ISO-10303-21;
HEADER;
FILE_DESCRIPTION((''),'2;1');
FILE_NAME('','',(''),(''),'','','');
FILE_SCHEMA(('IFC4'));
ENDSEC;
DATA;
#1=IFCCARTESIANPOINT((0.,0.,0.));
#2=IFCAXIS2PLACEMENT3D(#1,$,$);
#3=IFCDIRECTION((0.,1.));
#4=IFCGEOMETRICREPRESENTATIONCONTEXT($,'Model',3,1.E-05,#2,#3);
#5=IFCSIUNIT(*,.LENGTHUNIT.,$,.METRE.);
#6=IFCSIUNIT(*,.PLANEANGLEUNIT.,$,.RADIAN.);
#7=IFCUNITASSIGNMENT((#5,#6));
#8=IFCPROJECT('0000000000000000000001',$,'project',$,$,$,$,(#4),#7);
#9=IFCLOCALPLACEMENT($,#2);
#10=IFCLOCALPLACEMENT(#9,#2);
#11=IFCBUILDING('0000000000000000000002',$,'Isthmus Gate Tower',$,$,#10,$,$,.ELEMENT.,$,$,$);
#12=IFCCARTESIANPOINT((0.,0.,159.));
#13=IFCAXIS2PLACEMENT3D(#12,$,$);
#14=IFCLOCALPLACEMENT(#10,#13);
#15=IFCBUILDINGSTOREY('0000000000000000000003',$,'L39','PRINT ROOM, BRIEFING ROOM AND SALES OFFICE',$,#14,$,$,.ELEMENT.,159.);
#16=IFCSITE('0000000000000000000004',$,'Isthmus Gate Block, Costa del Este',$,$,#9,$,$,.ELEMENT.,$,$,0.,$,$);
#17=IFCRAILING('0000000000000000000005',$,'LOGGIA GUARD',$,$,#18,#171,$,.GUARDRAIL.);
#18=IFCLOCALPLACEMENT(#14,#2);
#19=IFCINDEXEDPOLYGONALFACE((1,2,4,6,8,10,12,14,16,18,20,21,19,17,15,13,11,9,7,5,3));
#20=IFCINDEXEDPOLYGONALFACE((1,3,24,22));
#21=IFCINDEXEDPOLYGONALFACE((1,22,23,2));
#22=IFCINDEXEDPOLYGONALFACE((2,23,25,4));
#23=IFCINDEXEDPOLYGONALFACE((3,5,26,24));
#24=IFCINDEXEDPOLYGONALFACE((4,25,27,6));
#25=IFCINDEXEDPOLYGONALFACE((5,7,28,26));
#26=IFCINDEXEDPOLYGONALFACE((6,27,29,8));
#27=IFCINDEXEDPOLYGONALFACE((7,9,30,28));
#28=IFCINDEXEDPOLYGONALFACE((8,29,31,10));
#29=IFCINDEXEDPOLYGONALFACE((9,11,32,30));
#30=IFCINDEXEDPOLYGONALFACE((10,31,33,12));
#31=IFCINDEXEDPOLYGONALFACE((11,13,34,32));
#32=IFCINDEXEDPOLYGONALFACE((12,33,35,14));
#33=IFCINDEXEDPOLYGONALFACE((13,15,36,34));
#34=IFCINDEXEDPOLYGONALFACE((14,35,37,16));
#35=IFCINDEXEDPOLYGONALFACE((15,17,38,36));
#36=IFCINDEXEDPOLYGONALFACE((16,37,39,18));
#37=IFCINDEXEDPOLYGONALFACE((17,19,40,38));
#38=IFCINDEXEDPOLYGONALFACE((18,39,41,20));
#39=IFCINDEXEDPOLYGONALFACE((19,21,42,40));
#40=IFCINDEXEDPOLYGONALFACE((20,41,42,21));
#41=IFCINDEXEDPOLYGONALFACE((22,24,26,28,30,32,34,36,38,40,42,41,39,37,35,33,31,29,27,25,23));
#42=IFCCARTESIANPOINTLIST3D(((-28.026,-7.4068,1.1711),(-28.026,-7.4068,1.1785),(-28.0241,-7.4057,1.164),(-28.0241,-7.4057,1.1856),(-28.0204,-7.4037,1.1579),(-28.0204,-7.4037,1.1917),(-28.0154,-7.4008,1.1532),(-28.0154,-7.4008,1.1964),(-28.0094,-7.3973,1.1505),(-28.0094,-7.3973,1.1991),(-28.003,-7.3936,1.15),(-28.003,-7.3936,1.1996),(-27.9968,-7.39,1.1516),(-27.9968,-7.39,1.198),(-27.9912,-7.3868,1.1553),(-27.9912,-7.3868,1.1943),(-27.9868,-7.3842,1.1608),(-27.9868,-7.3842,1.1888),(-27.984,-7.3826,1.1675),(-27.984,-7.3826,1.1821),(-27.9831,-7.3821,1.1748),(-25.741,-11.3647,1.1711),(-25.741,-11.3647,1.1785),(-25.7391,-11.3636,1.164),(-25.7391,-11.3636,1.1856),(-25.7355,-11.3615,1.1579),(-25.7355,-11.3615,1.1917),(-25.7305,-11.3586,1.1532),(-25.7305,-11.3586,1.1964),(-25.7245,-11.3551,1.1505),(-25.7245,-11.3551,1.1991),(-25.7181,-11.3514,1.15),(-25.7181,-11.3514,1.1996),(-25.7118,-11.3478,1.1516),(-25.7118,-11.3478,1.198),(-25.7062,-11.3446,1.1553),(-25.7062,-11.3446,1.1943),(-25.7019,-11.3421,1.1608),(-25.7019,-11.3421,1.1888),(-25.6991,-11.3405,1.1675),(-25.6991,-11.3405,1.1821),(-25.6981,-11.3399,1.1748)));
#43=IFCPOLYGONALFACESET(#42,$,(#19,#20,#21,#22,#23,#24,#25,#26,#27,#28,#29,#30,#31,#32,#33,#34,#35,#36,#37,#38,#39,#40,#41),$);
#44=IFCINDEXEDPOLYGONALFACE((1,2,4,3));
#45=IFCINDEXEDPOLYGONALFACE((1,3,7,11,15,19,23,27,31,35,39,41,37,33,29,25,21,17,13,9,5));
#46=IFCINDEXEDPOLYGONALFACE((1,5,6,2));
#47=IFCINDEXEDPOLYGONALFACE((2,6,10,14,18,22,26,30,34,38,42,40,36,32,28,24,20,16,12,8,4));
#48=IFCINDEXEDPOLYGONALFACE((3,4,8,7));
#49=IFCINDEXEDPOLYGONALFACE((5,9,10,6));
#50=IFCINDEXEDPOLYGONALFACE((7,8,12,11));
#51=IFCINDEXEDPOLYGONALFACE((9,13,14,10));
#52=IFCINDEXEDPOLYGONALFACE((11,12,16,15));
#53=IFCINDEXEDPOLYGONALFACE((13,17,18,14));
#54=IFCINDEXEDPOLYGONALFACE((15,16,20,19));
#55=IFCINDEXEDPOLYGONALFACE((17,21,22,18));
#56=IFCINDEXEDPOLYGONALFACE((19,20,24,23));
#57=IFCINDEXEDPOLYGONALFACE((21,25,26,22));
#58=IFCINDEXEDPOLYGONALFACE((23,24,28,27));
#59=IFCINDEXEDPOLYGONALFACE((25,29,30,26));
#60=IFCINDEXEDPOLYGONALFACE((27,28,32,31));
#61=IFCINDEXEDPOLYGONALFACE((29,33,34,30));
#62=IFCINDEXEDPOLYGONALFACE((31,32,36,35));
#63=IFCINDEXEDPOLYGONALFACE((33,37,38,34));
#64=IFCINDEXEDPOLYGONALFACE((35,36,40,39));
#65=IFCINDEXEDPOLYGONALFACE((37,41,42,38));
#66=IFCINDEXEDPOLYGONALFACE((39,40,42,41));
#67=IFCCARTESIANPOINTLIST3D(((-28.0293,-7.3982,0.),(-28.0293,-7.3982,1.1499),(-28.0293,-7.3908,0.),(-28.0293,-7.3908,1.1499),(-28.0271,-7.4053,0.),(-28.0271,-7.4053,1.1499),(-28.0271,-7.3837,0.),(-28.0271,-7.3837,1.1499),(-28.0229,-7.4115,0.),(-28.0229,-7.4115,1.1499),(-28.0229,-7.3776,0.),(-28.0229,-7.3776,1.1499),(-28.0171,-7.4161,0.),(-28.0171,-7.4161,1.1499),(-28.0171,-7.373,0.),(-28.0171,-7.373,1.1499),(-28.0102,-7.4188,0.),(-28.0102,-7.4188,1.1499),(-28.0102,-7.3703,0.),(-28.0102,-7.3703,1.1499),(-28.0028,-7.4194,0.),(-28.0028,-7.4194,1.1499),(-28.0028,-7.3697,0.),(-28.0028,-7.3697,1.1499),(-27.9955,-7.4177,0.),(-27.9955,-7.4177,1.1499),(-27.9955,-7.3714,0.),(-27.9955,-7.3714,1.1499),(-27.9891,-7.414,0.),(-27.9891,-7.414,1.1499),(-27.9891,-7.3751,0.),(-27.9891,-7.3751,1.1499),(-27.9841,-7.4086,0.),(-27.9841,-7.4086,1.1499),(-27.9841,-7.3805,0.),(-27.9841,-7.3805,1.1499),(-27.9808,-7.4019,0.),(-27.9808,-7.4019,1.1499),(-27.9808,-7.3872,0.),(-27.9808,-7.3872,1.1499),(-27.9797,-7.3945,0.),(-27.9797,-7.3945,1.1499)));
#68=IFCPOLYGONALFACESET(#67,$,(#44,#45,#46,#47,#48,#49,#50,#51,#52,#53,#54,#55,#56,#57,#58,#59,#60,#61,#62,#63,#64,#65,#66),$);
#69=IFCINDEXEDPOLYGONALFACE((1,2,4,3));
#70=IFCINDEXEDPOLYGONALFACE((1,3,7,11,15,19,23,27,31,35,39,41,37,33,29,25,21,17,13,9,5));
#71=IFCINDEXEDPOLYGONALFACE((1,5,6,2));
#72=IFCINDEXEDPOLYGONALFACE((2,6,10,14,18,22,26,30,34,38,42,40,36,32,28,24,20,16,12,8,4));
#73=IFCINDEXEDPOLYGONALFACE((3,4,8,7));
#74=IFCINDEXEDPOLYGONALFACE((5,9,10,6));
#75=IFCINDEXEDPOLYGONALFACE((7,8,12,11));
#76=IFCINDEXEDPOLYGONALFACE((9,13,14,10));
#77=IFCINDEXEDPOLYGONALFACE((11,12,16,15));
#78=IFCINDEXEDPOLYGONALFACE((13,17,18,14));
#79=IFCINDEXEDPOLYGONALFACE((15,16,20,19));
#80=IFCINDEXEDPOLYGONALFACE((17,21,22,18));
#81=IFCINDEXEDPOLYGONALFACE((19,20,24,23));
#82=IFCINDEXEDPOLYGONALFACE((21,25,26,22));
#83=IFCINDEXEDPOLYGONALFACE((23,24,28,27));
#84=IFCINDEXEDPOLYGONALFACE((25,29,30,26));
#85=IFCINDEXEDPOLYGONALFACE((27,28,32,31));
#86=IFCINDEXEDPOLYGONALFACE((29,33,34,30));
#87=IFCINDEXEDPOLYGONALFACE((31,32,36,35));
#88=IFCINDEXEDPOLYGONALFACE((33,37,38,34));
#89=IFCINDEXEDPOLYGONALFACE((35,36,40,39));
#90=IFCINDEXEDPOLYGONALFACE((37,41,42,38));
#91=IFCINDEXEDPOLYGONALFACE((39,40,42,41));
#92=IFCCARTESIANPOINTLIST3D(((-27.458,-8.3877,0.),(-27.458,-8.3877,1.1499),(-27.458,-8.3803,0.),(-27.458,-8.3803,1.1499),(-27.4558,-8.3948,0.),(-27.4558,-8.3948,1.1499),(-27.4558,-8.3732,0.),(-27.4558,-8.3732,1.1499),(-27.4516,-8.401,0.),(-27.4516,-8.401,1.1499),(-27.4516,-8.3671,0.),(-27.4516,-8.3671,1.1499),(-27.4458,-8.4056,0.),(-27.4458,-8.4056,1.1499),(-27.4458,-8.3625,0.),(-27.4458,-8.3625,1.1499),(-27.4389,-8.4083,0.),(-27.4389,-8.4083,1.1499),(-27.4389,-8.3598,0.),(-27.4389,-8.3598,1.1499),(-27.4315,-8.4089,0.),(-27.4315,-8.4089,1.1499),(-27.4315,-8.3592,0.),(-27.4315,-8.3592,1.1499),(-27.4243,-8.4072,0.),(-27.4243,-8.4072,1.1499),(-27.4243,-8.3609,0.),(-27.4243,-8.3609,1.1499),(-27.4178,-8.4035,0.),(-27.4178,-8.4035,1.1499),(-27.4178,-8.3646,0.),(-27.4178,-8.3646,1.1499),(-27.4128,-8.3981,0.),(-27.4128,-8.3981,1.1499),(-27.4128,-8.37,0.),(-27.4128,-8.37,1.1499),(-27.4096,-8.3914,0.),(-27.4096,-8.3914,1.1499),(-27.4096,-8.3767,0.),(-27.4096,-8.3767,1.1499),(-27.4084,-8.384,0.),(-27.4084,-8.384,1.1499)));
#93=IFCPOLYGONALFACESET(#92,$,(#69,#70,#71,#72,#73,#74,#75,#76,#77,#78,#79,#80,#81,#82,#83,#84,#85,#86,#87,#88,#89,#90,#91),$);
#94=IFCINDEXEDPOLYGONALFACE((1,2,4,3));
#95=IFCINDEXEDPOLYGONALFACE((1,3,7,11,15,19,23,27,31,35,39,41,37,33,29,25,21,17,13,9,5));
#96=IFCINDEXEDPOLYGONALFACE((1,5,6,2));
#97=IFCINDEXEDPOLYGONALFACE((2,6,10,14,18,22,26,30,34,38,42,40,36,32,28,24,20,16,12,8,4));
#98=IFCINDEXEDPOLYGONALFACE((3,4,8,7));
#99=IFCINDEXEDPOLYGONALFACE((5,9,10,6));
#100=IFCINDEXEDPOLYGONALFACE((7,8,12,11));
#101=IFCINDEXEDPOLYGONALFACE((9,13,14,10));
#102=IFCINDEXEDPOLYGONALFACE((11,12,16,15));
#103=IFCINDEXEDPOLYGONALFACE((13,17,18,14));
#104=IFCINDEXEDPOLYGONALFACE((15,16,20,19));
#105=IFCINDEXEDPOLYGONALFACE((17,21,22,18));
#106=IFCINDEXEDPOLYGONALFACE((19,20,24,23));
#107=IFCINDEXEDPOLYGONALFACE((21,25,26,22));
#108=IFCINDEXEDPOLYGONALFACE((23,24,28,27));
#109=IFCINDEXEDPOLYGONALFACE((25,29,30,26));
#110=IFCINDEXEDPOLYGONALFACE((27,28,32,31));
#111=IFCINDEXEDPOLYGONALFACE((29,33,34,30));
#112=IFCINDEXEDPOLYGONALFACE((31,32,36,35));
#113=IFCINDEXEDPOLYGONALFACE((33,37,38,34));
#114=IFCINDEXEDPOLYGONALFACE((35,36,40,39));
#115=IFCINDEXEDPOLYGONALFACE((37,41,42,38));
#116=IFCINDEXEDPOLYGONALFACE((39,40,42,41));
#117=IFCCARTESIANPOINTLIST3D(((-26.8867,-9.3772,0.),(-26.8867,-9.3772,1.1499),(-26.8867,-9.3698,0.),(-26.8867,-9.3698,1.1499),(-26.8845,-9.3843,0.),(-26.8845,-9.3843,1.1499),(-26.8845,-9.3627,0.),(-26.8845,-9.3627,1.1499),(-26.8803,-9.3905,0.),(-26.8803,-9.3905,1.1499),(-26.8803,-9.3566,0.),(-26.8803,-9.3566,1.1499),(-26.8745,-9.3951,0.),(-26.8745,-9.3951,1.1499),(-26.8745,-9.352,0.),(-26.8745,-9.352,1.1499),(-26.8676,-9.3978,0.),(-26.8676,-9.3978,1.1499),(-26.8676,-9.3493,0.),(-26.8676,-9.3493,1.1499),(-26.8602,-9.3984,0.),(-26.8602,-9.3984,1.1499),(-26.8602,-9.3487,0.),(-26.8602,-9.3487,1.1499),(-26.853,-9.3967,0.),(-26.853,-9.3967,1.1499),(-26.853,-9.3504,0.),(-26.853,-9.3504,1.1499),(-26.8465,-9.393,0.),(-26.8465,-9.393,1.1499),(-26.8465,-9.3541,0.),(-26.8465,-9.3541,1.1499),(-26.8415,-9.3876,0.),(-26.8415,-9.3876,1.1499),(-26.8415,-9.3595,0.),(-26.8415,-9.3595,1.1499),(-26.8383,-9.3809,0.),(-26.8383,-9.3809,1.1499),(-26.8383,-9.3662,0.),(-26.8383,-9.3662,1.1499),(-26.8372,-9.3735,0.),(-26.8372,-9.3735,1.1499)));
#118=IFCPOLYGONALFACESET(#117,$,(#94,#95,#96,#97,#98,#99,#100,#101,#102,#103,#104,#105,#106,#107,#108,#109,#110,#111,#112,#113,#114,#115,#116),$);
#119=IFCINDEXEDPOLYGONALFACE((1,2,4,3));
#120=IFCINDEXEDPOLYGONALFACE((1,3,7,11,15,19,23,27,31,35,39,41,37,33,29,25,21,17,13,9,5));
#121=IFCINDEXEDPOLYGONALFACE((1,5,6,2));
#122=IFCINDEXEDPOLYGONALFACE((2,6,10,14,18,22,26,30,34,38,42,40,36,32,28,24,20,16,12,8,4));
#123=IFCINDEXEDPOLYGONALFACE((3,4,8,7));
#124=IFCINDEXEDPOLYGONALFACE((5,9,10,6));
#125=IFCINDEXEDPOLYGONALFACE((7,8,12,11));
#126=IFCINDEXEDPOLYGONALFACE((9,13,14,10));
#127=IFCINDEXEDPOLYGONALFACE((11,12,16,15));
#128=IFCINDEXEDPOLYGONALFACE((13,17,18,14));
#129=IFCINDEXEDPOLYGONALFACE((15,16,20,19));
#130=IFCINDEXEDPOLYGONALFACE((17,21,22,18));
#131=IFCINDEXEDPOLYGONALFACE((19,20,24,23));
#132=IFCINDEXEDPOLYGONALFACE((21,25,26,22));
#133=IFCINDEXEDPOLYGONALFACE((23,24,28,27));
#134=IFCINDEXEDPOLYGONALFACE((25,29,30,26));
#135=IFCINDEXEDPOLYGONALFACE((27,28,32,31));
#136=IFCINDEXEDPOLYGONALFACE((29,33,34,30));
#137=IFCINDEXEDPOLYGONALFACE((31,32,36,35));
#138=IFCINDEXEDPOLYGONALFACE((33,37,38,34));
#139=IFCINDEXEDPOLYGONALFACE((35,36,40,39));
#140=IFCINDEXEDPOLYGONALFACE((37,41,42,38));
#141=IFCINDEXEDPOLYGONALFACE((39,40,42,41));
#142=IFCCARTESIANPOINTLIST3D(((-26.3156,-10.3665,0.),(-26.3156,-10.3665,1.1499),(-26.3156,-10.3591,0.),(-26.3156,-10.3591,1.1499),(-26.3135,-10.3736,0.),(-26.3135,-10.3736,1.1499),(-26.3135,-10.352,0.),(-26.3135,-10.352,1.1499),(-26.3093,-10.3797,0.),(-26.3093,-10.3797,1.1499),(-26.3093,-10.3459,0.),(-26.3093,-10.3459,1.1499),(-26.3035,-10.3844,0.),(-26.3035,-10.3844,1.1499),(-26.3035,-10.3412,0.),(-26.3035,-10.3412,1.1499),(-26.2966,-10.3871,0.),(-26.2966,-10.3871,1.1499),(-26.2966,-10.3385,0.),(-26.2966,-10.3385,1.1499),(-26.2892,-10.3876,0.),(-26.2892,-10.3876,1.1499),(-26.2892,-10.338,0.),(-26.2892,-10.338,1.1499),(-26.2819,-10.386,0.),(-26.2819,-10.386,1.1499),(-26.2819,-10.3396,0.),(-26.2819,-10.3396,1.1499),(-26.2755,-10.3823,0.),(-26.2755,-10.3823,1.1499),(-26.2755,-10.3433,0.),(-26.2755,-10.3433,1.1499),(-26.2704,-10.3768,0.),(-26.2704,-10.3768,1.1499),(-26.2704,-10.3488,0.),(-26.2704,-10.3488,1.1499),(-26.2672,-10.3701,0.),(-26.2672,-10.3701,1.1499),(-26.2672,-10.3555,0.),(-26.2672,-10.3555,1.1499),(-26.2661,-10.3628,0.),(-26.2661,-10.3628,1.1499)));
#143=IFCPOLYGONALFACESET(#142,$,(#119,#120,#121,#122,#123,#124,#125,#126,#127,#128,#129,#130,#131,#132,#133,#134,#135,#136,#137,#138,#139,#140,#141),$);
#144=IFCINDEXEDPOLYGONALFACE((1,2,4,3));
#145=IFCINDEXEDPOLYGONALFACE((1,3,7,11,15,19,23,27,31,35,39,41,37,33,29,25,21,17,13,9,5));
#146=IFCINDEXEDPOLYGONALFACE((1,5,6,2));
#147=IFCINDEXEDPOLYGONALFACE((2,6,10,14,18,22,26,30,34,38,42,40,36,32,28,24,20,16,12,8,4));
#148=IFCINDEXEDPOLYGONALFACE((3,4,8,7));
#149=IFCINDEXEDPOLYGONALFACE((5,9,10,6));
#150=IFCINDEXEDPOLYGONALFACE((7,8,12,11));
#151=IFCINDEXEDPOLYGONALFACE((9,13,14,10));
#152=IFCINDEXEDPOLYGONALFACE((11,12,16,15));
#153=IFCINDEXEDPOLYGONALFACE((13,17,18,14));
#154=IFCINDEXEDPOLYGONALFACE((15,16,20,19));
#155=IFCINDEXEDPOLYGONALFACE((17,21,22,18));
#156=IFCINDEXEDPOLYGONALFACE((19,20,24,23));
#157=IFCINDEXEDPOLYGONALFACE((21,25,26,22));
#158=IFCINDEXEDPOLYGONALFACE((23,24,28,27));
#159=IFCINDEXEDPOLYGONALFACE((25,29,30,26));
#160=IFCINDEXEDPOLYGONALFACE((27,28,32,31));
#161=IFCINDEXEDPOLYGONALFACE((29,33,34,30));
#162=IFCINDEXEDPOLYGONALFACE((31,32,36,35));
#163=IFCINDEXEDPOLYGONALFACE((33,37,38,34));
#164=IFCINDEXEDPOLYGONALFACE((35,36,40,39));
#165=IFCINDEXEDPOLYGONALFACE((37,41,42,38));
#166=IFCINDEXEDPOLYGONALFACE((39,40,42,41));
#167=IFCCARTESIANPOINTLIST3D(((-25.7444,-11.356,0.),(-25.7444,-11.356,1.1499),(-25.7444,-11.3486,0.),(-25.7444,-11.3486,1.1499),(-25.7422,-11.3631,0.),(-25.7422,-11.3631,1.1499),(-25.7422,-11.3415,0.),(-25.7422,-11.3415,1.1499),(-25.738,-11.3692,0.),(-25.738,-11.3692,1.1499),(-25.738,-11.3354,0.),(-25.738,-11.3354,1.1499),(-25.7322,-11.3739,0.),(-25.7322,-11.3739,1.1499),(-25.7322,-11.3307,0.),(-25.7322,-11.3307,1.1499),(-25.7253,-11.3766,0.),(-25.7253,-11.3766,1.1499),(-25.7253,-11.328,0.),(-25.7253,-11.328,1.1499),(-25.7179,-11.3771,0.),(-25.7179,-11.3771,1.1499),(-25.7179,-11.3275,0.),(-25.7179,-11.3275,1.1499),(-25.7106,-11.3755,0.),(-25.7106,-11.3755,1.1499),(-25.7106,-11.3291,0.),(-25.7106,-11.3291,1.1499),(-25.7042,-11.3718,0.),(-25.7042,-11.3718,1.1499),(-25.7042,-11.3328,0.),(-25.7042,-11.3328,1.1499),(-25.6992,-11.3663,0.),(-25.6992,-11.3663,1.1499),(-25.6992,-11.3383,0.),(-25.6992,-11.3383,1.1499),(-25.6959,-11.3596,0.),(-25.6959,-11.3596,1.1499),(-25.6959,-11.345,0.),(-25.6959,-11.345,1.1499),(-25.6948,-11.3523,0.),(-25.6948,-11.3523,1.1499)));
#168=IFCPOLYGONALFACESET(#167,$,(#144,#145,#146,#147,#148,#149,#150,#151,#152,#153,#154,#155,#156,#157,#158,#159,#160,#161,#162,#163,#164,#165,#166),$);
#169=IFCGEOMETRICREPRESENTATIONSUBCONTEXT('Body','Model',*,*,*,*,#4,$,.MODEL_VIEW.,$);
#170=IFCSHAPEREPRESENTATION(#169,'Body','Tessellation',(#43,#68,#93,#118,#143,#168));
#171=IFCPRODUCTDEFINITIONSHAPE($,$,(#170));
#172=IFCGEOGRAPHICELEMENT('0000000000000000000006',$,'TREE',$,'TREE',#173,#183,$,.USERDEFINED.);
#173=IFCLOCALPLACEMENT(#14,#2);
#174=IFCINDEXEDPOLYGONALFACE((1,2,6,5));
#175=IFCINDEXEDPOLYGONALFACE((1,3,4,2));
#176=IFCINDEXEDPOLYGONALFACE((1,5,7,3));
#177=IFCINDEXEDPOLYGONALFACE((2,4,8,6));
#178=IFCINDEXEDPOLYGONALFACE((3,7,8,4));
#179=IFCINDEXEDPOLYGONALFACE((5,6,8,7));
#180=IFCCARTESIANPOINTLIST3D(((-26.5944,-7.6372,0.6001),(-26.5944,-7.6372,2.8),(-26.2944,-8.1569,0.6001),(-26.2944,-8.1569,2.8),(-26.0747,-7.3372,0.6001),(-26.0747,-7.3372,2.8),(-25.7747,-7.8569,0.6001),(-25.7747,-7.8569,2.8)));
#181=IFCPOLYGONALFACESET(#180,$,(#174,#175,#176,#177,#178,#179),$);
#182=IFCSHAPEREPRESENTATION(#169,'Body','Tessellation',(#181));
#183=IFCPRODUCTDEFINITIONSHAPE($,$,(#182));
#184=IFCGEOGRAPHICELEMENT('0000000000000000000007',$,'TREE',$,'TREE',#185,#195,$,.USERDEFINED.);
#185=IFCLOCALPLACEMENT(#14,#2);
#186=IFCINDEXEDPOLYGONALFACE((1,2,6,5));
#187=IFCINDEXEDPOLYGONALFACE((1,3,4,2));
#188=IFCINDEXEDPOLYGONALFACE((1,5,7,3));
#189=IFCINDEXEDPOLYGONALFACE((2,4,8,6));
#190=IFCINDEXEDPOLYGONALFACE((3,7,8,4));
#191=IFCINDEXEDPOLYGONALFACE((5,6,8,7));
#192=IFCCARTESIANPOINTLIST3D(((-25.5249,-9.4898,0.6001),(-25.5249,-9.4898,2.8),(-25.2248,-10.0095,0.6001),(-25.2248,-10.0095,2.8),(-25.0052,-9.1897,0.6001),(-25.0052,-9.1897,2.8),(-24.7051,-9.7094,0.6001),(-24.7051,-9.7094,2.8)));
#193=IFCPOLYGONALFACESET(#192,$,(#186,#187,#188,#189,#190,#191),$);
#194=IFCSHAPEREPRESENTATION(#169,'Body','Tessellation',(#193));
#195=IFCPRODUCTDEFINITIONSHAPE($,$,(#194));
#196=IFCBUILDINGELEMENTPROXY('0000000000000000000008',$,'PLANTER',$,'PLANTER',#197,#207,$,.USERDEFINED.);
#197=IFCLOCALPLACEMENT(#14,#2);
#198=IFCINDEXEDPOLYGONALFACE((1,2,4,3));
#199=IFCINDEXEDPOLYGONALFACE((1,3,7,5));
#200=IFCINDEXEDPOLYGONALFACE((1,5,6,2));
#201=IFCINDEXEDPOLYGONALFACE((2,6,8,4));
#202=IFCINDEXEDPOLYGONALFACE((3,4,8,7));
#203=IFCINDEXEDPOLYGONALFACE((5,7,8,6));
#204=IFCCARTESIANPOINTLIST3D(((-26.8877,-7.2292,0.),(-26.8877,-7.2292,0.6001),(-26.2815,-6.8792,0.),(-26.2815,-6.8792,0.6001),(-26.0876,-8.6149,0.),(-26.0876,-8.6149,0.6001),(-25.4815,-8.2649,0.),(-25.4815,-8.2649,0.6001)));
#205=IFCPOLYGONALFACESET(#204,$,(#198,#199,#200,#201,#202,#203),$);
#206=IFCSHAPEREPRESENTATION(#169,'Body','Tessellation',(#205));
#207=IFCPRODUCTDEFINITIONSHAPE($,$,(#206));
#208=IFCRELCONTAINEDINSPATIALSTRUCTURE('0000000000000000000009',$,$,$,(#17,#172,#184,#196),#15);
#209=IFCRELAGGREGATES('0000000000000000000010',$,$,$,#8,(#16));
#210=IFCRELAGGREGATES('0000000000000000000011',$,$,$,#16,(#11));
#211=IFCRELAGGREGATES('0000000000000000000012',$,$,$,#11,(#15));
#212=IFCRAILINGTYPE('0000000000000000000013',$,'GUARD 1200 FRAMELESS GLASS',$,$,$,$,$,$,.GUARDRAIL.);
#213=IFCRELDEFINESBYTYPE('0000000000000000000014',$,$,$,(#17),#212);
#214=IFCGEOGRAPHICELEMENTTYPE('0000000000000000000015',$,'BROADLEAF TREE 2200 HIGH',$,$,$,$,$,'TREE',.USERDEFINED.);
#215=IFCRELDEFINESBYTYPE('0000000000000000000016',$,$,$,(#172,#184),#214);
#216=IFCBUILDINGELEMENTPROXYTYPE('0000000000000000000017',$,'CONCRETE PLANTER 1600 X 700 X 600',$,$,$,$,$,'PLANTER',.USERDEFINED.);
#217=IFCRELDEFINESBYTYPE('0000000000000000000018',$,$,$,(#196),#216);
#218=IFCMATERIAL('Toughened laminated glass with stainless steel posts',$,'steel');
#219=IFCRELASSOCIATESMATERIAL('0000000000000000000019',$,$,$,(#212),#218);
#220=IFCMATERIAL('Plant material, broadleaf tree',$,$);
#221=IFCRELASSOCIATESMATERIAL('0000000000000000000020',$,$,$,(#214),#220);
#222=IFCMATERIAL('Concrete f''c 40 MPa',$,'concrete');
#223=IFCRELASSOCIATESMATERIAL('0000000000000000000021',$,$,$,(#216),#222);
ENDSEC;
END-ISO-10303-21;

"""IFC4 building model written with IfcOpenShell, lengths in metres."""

from ifc_helpers import new_model, si_unit, direction, frame, origin, origin_2d, place, context, subcontext, project, spatial, rectangle, circle, extrude, material, type_object, element, save


model = new_model("IFC4")

# Units and contexts
model_context = context("Model", 3, precision=1e-05, world=origin(), true_north=direction((0.0, 1.0)))
body_context = subcontext(model_context, "Body", "Model", "MODEL_VIEW")
ifc_project = project(units=[si_unit("LENGTHUNIT", "METRE"), si_unit("PLANEANGLEUNIT", "RADIAN")], contexts=[model_context])

# Site, building, storey
site_placement = place(None, origin())
site = spatial("IfcSite", under=ifc_project, at=site_placement, Name="Isthmus Gate Block, Costa del Este", CompositionType="ELEMENT", RefElevation=0.0)
building_placement = place(site_placement, origin())
building = spatial("IfcBuilding", under=site, at=building_placement, Name="Isthmus Gate Tower", CompositionType="ELEMENT")
storey_placement = place(building_placement, frame((0.0, 0.0, 159.0)))
storey = spatial("IfcBuildingStorey", under=building, at=storey_placement, Name="L39", Description="PRINT ROOM, BRIEFING ROOM AND SALES OFFICE", CompositionType="ELEMENT", Elevation=159.0)

# Railing
ifc_material_1 = material(Name="Toughened laminated glass with stainless steel posts", Category="steel")
railing_type = type_object("IfcRailingType", Name="GUARD 1200 FRAMELESS GLASS", PredefinedType="GUARDRAIL", material=ifc_material_1)
railing_placement = place(storey_placement, frame((-28.0046, -7.3945, 0.0)))
element("IfcRailing", 1, at=railing_placement, inside=storey, type_object=railing_type, Name="LOGGIA GUARD", PredefinedType="GUARDRAIL", context=body_context, shape_type="SweptSolid", body=[
    extrude(circle(Radius=0.0249, at=origin_2d()), frame((0.0, 0.0, 1.1748), z_axis=(0.499983, -0.866035, 0.0), x_axis=(0.866035, 0.499983, 0.0)), (0.0, 0.0, 1.0), 4.5701),
    extrude(circle(Radius=0.0249, at=origin_2d()), origin(), (0.0, 0.0, 1.0), 1.1499),
    extrude(circle(Radius=0.0249, at=origin_2d()), frame((0.5713, -0.9895, 0.0)), (0.0, 0.0, 1.0), 1.1499),
    extrude(circle(Radius=0.0249, at=origin_2d()), frame((1.1426, -1.979, 0.0)), (0.0, 0.0, 1.0), 1.1499),
    extrude(circle(Radius=0.0249, at=origin_2d()), frame((1.7136, -2.9683, 0.0)), (0.0, 0.0, 1.0), 1.1499),
    extrude(circle(Radius=0.0249, at=origin_2d()), frame((2.2849, -3.9578, 0.0)), (0.0, 0.0, 1.0), 1.1499),
])

# Geographic elements
ifc_material_2 = material(Name="Plant material, broadleaf tree")
geographic_element_type = type_object("IfcGeographicElementType", Name="BROADLEAF TREE 2200 HIGH", ElementType="TREE", PredefinedType="USERDEFINED", material=ifc_material_2)
for number, where, z_axis, x_axis, name in (
    (2, (-26.1846, -7.7471, 0.6001), (0.0, 0.0, 1.0), (0.5, -0.866025, 0.0), "TREE"),
    (3, (-25.115, -9.5996, 0.6001), (0.0, 0.0, 1.0), (0.5, -0.866025, 0.0), "TREE"),
):
    element("IfcGeographicElement", number, at=place(storey_placement, frame(where, z_axis=z_axis, x_axis=x_axis)), inside=storey, type_object=geographic_element_type, Name=name, ObjectType="TREE", PredefinedType="USERDEFINED", context=body_context, shape_type="SweptSolid", body=[
        extrude(rectangle(XDim=0.6001, YDim=0.6001, at=origin_2d()), origin(), (0.0, 0.0, 1.0), 2.2),
    ])

# Building element proxy
ifc_material_3 = material(Name="Concrete f'c 40 MPa", Category="concrete")
building_element_proxy_type = type_object("IfcBuildingElementProxyType", Name="CONCRETE PLANTER 1600 X 700 X 600", ElementType="PLANTER", PredefinedType="USERDEFINED", material=ifc_material_3)
for number, where, z_axis, x_axis, name in (
    (4, (-26.1846, -7.7471, 0.0), (0.0, 0.0, 1.0), (0.5, -0.866025, 0.0), "PLANTER"),
):
    element("IfcBuildingElementProxy", number, at=place(storey_placement, frame(where, z_axis=z_axis, x_axis=x_axis)), inside=storey, type_object=building_element_proxy_type, Name=name, ObjectType="PLANTER", PredefinedType="USERDEFINED", context=body_context, shape_type="SweptSolid", body=[
        extrude(rectangle(XDim=1.6001, YDim=0.7, at=origin_2d()), origin(), (0.0, 0.0, 1.0), 0.6001),
    ])

save(model, "model.ifc")
